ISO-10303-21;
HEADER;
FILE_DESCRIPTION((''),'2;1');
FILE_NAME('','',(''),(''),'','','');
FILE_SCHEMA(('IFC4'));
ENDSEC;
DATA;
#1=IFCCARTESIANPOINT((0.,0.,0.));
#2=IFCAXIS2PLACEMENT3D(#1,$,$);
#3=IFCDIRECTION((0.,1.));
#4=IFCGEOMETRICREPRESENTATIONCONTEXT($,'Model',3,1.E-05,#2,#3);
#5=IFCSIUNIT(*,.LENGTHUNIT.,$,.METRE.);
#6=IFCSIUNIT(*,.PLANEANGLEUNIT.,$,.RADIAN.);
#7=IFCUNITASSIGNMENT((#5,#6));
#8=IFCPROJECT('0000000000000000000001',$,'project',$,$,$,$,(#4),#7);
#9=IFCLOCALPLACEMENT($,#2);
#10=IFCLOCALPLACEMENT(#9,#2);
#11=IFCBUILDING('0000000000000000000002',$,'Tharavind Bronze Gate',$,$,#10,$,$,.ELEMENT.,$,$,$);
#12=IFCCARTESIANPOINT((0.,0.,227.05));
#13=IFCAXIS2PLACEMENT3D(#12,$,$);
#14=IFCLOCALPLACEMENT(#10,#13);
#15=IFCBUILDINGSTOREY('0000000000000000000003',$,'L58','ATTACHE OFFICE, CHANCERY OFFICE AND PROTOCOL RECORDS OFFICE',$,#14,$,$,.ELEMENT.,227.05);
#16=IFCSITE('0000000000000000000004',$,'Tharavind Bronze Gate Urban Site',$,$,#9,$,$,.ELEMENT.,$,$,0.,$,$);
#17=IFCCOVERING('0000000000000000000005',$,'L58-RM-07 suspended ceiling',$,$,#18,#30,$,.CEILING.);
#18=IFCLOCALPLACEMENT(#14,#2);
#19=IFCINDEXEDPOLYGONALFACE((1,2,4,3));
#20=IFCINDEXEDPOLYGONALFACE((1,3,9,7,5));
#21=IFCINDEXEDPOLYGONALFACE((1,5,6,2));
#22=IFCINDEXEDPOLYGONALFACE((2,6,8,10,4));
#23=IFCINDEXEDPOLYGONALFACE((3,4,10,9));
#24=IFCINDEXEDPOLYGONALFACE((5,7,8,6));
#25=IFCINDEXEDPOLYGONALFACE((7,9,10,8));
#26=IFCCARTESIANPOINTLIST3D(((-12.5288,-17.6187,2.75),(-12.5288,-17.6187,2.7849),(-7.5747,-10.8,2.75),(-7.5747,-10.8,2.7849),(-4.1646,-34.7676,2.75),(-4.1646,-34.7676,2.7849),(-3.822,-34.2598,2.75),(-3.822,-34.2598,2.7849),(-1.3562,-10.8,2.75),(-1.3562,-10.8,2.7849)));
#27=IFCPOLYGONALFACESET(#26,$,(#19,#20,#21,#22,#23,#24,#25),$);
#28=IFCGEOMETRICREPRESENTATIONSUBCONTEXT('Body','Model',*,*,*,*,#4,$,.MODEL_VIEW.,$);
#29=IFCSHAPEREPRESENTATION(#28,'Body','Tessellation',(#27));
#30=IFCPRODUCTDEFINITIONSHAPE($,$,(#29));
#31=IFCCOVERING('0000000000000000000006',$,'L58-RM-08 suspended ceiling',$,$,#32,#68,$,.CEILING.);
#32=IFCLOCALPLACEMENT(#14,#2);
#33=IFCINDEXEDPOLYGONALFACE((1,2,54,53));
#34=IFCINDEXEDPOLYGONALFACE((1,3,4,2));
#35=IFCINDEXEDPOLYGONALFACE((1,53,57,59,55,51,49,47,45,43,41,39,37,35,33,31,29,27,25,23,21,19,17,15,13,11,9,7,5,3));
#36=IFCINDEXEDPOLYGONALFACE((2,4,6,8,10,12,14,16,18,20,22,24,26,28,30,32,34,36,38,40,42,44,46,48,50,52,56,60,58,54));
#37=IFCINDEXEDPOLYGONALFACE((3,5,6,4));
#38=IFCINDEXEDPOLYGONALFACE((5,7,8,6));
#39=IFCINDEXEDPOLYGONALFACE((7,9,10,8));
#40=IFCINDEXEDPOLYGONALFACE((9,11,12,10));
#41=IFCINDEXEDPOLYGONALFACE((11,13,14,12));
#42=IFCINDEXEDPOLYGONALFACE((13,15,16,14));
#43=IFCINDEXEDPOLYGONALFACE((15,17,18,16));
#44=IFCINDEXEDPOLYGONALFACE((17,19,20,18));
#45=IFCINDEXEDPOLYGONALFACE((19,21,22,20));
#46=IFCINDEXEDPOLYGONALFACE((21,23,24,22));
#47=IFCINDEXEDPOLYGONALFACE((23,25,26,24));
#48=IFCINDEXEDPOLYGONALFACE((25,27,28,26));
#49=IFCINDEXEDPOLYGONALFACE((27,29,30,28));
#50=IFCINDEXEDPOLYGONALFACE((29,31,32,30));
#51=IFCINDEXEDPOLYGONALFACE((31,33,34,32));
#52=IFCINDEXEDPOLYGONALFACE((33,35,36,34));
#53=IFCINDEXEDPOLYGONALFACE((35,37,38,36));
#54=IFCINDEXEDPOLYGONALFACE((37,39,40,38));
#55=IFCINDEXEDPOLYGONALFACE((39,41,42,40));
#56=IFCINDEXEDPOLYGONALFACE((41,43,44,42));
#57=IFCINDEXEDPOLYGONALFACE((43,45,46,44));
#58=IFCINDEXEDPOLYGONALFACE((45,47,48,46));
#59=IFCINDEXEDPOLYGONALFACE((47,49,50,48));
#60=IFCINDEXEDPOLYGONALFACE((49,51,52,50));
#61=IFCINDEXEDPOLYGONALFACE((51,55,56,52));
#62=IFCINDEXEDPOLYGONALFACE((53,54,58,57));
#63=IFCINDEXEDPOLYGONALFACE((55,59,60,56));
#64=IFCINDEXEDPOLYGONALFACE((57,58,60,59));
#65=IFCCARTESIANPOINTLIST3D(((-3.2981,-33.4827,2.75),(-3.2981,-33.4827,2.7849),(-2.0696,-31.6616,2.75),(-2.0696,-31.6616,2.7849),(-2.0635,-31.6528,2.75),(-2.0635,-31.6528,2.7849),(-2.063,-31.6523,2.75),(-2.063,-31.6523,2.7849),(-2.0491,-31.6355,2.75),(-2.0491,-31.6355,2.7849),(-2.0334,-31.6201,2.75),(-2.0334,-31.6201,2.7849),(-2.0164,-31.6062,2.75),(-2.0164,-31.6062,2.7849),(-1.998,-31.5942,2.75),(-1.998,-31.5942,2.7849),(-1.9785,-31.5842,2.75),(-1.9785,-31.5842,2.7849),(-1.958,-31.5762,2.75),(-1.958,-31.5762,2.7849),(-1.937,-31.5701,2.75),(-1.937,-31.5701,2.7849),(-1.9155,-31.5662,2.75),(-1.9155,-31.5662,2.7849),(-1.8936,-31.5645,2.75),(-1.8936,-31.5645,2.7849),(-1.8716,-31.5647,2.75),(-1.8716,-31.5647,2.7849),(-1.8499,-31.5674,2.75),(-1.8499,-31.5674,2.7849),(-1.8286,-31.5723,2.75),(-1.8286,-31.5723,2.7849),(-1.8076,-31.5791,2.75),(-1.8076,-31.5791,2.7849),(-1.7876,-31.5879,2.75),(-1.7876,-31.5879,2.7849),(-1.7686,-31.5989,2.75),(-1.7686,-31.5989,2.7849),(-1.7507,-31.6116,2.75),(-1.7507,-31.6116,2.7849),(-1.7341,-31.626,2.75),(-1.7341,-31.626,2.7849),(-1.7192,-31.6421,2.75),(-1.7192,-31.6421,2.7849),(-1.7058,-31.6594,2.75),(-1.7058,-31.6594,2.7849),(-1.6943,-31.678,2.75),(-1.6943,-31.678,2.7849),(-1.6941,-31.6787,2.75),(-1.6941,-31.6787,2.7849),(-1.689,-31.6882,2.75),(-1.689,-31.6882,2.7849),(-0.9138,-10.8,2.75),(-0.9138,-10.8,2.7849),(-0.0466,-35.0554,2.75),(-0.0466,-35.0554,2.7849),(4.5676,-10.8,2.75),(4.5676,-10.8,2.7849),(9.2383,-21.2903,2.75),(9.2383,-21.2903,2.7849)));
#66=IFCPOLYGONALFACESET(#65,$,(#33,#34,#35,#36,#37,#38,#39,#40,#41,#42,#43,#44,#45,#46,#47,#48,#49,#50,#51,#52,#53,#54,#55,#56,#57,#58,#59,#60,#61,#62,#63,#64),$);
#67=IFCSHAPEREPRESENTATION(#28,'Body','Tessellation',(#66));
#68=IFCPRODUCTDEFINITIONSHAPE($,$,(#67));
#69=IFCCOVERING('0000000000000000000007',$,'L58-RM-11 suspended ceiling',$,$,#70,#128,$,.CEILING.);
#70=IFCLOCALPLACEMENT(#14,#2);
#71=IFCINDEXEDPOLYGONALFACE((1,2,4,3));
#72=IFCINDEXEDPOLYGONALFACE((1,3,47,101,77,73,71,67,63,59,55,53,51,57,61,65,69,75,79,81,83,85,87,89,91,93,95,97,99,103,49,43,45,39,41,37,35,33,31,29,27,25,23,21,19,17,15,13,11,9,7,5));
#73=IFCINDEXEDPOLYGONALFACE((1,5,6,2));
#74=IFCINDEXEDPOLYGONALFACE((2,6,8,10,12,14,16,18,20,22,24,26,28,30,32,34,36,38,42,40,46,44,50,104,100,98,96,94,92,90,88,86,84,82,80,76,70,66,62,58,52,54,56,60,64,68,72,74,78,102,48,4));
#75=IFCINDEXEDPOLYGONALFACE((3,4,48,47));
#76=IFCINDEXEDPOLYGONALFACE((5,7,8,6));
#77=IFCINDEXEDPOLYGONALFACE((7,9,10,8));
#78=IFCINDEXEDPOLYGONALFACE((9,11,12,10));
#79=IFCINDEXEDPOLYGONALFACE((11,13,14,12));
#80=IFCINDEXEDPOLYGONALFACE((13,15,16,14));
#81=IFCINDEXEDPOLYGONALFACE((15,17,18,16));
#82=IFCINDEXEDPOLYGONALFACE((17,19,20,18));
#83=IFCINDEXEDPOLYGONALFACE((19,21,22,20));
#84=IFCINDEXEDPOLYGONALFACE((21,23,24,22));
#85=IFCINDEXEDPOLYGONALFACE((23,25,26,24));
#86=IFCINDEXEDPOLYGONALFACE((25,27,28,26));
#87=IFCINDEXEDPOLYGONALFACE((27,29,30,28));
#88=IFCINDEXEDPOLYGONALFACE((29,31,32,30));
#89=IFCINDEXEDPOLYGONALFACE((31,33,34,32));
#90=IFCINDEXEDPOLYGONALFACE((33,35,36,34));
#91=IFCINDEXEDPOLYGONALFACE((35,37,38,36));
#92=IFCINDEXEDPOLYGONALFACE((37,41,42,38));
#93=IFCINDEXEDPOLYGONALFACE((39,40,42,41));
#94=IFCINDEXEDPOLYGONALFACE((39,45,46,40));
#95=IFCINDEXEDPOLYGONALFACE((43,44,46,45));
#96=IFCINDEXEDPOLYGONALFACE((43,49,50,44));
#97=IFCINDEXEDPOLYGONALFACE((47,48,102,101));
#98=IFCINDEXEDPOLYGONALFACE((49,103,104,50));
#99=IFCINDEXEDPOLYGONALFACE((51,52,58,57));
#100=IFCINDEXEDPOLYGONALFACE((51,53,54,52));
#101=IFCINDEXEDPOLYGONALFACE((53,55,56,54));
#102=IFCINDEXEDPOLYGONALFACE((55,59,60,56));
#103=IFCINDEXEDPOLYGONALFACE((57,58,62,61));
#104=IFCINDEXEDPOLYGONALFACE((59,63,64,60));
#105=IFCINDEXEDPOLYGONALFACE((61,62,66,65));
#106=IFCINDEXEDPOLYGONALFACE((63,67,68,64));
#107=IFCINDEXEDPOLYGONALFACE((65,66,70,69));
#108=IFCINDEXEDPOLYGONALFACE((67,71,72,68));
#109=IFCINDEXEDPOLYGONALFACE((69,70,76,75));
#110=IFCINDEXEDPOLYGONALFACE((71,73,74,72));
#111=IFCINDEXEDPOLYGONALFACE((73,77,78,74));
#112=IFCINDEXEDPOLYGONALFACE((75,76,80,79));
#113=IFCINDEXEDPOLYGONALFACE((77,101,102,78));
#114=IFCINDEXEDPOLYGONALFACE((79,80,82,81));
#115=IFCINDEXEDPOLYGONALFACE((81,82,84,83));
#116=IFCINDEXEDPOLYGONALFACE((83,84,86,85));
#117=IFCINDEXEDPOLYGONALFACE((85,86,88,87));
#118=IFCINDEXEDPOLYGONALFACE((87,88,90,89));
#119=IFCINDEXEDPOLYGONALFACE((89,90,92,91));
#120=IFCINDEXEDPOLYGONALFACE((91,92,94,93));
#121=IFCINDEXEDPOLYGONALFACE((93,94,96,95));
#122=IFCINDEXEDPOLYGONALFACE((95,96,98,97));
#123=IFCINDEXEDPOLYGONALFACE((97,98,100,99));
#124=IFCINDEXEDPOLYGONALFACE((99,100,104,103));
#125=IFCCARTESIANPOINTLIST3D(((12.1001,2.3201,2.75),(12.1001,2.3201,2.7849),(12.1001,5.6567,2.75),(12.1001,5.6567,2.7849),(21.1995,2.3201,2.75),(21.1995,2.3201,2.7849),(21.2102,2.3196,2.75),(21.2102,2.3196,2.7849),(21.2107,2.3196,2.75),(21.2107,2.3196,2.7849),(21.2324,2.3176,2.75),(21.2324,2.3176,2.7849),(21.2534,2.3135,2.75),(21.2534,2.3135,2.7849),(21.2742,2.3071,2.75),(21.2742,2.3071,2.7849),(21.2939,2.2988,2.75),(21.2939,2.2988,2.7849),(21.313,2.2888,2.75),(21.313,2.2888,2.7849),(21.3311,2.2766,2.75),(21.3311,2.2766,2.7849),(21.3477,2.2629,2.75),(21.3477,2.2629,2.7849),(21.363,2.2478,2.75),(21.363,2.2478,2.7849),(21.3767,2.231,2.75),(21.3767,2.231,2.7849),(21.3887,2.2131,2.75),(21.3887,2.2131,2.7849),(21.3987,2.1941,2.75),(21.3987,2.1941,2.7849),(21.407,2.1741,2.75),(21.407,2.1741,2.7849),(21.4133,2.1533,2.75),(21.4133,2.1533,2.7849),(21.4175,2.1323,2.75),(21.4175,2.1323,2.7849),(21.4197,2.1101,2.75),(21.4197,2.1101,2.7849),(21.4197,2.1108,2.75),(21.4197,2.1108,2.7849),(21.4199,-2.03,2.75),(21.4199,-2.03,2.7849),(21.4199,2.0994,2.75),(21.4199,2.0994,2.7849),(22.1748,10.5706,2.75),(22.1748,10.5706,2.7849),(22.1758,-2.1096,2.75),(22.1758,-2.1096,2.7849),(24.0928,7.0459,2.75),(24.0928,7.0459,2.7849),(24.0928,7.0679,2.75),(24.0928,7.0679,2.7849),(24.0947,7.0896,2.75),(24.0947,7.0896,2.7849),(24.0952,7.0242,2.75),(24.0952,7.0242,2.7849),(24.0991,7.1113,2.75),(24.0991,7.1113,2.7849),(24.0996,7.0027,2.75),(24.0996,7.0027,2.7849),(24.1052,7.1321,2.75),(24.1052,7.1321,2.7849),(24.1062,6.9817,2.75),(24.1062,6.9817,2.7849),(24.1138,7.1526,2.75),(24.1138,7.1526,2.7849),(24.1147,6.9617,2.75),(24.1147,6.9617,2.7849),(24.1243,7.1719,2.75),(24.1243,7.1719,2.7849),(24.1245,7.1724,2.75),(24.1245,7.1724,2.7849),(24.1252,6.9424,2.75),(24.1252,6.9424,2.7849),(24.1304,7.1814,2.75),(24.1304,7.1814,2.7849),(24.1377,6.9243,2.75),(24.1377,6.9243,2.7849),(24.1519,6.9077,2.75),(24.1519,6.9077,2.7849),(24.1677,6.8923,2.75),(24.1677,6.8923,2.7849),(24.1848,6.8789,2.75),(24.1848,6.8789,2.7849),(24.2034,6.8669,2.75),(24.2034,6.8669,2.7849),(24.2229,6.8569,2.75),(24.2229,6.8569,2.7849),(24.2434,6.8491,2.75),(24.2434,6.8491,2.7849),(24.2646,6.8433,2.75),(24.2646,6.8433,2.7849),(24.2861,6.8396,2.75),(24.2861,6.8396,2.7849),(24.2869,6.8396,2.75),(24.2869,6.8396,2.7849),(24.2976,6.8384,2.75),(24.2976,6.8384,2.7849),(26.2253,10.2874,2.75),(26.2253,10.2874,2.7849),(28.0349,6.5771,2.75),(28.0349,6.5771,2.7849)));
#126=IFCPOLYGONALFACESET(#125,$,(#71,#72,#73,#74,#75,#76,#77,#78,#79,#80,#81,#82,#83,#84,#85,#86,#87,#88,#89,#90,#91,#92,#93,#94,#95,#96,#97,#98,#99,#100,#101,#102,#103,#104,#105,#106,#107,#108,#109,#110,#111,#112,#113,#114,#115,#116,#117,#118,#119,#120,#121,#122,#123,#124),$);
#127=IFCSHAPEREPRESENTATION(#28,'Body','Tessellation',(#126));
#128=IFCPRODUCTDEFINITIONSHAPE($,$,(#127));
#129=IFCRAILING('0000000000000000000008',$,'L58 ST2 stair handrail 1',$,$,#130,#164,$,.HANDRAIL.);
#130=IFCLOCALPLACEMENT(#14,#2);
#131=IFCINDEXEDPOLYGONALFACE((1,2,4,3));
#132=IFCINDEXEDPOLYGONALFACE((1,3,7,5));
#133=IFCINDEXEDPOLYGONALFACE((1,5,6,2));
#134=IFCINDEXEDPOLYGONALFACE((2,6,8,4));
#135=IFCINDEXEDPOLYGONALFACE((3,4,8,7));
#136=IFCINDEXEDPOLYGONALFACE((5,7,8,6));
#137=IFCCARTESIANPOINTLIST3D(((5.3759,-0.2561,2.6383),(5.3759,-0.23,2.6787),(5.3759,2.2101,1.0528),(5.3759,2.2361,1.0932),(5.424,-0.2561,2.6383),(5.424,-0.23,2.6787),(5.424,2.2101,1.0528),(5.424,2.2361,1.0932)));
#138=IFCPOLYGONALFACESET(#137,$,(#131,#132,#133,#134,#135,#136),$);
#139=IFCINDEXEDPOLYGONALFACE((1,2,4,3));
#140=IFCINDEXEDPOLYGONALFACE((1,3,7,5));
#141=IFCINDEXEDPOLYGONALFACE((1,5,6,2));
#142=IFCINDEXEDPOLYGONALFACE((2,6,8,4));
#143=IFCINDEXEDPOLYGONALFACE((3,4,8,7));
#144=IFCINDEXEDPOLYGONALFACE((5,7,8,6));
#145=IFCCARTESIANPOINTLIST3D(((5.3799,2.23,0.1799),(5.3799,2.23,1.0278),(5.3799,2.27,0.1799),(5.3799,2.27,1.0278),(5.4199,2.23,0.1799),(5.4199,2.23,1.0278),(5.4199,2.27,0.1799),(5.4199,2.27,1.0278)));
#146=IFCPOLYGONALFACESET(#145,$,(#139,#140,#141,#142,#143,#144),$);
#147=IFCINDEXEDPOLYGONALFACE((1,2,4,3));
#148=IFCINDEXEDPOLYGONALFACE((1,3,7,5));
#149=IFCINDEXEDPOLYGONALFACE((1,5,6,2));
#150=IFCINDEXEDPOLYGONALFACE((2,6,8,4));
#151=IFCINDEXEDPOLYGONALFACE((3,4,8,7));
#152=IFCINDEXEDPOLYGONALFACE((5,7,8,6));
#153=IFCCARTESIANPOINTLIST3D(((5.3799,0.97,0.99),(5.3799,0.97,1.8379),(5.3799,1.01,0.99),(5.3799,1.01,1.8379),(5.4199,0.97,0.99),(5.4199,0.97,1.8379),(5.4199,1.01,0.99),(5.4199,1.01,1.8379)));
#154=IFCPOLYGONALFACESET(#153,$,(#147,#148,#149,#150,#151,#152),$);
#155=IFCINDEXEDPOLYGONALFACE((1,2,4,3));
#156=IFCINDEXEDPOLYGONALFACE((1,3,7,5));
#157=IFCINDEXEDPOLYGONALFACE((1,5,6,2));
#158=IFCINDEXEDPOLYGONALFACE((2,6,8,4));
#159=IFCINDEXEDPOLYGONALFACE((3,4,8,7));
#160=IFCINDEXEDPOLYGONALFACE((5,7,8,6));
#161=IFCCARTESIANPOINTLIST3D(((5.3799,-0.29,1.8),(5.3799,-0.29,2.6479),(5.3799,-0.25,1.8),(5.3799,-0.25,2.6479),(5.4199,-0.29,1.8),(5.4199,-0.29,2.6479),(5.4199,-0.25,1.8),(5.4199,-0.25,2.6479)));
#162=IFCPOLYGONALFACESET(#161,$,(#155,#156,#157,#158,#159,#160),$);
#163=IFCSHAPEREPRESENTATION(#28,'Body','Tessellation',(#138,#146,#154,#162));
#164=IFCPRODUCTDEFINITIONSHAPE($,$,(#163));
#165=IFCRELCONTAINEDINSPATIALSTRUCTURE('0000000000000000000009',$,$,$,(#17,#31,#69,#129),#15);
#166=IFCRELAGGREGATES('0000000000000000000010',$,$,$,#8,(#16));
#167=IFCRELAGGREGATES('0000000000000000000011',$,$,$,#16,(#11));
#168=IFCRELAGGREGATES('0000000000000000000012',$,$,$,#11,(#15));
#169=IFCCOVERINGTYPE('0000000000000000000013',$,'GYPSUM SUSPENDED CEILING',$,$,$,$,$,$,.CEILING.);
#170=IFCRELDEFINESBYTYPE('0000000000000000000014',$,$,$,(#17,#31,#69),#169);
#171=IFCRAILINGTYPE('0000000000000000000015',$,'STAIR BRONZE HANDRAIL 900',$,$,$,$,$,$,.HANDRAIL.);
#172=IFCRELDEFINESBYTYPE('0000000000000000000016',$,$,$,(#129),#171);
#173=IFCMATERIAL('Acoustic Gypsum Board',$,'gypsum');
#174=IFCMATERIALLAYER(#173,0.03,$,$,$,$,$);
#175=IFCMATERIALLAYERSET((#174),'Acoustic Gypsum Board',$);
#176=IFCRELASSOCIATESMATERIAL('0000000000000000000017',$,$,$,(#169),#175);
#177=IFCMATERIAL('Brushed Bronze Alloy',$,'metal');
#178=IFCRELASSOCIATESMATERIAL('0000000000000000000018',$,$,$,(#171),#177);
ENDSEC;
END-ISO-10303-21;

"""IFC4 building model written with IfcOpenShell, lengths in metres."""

from ifc_helpers import new_model, si_unit, direction, frame, origin, origin_2d, place, context, subcontext, project, spatial, polyline, rectangle, outline, extrude, material, layer, layer_set, type_object, element, save


model = new_model("IFC4")

# Units and contexts
model_context = context("Model", 3, precision=1e-05, world=origin(), true_north=direction((0.0, 1.0)))
body_context = subcontext(model_context, "Body", "Model", "MODEL_VIEW")
ifc_project = project(units=[si_unit("LENGTHUNIT", "METRE"), si_unit("PLANEANGLEUNIT", "RADIAN")], contexts=[model_context])

# Site, building, storey
site_placement = place(None, origin())
site = spatial("IfcSite", under=ifc_project, at=site_placement, Name="Tharavind Bronze Gate Urban Site", CompositionType="ELEMENT", RefElevation=0.0)
building_placement = place(site_placement, origin())
building = spatial("IfcBuilding", under=site, at=building_placement, Name="Tharavind Bronze Gate", CompositionType="ELEMENT")
storey_placement = place(building_placement, frame((0.0, 0.0, 227.05)))
storey = spatial("IfcBuildingStorey", under=building, at=storey_placement, Name="L58", Description="ATTACHE OFFICE, CHANCERY OFFICE AND PROTOCOL RECORDS OFFICE", CompositionType="ELEMENT", Elevation=227.05)

# Coverings
ifc_material_1 = material(Name="Acoustic Gypsum Board", Category="gypsum")
ifc_layer_1 = layer(ifc_material_1, 0.03)
ifc_layer_set_1 = layer_set([ifc_layer_1], Name="Acoustic Gypsum Board")
covering_type_1 = type_object("IfcCoveringType", Name="GYPSUM SUSPENDED CEILING", PredefinedType="CEILING", material=ifc_layer_set_1)
covering_1_placement = place(storey_placement, frame((0.0, 0.0, 2.75)))
element("IfcCovering", 1, at=covering_1_placement, inside=storey, type_object=covering_type_1, Name="L58-RM-07 suspended ceiling", PredefinedType="CEILING", context=body_context, shape_type="SweptSolid", body=[
    extrude(outline(polyline([(-4.1646, -34.7676), (-3.822, -34.2598), (-1.3562, -10.8), (-7.5747, -10.8), (-12.5288, -17.6187), (-4.1646, -34.7676)])), origin(), (0.0, 0.0, 1.0), 0.0349),
])
covering_2_placement = place(storey_placement, frame((0.0, 0.0, 2.75)))
element("IfcCovering", 2, at=covering_2_placement, inside=storey, type_object=covering_type_1, Name="L58-RM-08 suspended ceiling", PredefinedType="CEILING", context=body_context, shape_type="SweptSolid", body=[
    extrude(outline(polyline([(-2.0696, -31.6616), (-2.0635, -31.6528), (-2.063, -31.6523), (-2.0491, -31.6355), (-2.0334, -31.6201), (-2.0164, -31.6062), (-1.998, -31.5942), (-1.9785, -31.5842), (-1.958, -31.5762), (-1.937, -31.5701), (-1.9155, -31.5662), (-1.8936, -31.5645), (-1.8716, -31.5647), (-1.8499, -31.5674), (-1.8286, -31.5723), (-1.8076, -31.5791), (-1.7876, -31.5879), (-1.7686, -31.5989), (-1.7507, -31.6116), (-1.7341, -31.626), (-1.7192, -31.6421), (-1.7058, -31.6594), (-1.6943, -31.678), (-1.6941, -31.6787), (-1.689, -31.6882), (-0.0466, -35.0554), (9.2383, -21.2903), (4.5676, -10.8), (-0.9138, -10.8), (-3.2981, -33.4827), (-2.0696, -31.6616)])), origin(), (0.0, 0.0, 1.0), 0.0349),
])
covering_3_placement = place(storey_placement, frame((0.0, 0.0, 2.75)))
element("IfcCovering", 3, at=covering_3_placement, inside=storey, type_object=covering_type_1, Name="L58-RM-11 suspended ceiling", PredefinedType="CEILING", context=body_context, shape_type="SweptSolid", body=[
    extrude(outline(polyline([(21.1995, 2.3201), (21.2102, 2.3196), (21.2107, 2.3196), (21.2324, 2.3176), (21.2534, 2.3135), (21.2742, 2.3071), (21.2939, 2.2988), (21.313, 2.2888), (21.3311, 2.2766), (21.3477, 2.2629), (21.363, 2.2478), (21.3767, 2.231), (21.3887, 2.2131), (21.3987, 2.1941), (21.407, 2.1741), (21.4133, 2.1533), (21.4175, 2.1323), (21.4197, 2.1108), (21.4197, 2.1101), (21.4199, 2.0994), (21.4199, -2.03), (22.1758, -2.1096), (28.0349, 6.5771), (24.2976, 6.8384), (24.2869, 6.8396), (24.2861, 6.8396), (24.2646, 6.8433), (24.2434, 6.8491), (24.2229, 6.8569), (24.2034, 6.8669), (24.1848, 6.8789), (24.1677, 6.8923), (24.1519, 6.9077), (24.1377, 6.9243), (24.1252, 6.9424), (24.1147, 6.9617), (24.1062, 6.9817), (24.0996, 7.0027), (24.0952, 7.0242), (24.0928, 7.0459), (24.0928, 7.0679), (24.0947, 7.0896), (24.0991, 7.1113), (24.1052, 7.1321), (24.1138, 7.1526), (24.1243, 7.1719), (24.1245, 7.1724), (24.1304, 7.1814), (26.2253, 10.2874), (22.1748, 10.5706), (12.1001, 5.6567), (12.1001, 2.3201), (21.1995, 2.3201)])), origin(), (0.0, 0.0, 1.0), 0.0349),
])

# Railing
ifc_material_2 = material(Name="Brushed Bronze Alloy", Category="metal")
railing_type = type_object("IfcRailingType", Name="STAIR BRONZE HANDRAIL 900", PredefinedType="HANDRAIL", material=ifc_material_2)
railing_1_placement = place(storey_placement, frame((5.3999, 2.25, 0.1799)))
element("IfcRailing", 4, at=railing_1_placement, inside=storey, type_object=railing_type, Name="L58 ST2 stair handrail 1", PredefinedType="HANDRAIL", context=body_context, shape_type="SweptSolid", body=[
    extrude(rectangle(XDim=0.0481, YDim=0.0481, at=origin_2d()), frame((0.0, -0.0269, 0.8931), z_axis=(0.0, -0.841163, 0.540782), x_axis=(1.0, 0.0, 0.0)), (0.0, 0.0, 1.0), 2.9319),
    extrude(rectangle(XDim=0.04, YDim=0.04, at=origin_2d()), origin(), (0.0, 0.0, 1.0), 0.8479),
    extrude(rectangle(XDim=0.04, YDim=0.04, at=origin_2d()), frame((0.0, -1.26, 0.8101)), (0.0, 0.0, 1.0), 0.8479),
    extrude(rectangle(XDim=0.04, YDim=0.04, at=origin_2d()), frame((0.0, -2.52, 1.6201)), (0.0, 0.0, 1.0), 0.8479),
])

save(model, "model.ifc")
